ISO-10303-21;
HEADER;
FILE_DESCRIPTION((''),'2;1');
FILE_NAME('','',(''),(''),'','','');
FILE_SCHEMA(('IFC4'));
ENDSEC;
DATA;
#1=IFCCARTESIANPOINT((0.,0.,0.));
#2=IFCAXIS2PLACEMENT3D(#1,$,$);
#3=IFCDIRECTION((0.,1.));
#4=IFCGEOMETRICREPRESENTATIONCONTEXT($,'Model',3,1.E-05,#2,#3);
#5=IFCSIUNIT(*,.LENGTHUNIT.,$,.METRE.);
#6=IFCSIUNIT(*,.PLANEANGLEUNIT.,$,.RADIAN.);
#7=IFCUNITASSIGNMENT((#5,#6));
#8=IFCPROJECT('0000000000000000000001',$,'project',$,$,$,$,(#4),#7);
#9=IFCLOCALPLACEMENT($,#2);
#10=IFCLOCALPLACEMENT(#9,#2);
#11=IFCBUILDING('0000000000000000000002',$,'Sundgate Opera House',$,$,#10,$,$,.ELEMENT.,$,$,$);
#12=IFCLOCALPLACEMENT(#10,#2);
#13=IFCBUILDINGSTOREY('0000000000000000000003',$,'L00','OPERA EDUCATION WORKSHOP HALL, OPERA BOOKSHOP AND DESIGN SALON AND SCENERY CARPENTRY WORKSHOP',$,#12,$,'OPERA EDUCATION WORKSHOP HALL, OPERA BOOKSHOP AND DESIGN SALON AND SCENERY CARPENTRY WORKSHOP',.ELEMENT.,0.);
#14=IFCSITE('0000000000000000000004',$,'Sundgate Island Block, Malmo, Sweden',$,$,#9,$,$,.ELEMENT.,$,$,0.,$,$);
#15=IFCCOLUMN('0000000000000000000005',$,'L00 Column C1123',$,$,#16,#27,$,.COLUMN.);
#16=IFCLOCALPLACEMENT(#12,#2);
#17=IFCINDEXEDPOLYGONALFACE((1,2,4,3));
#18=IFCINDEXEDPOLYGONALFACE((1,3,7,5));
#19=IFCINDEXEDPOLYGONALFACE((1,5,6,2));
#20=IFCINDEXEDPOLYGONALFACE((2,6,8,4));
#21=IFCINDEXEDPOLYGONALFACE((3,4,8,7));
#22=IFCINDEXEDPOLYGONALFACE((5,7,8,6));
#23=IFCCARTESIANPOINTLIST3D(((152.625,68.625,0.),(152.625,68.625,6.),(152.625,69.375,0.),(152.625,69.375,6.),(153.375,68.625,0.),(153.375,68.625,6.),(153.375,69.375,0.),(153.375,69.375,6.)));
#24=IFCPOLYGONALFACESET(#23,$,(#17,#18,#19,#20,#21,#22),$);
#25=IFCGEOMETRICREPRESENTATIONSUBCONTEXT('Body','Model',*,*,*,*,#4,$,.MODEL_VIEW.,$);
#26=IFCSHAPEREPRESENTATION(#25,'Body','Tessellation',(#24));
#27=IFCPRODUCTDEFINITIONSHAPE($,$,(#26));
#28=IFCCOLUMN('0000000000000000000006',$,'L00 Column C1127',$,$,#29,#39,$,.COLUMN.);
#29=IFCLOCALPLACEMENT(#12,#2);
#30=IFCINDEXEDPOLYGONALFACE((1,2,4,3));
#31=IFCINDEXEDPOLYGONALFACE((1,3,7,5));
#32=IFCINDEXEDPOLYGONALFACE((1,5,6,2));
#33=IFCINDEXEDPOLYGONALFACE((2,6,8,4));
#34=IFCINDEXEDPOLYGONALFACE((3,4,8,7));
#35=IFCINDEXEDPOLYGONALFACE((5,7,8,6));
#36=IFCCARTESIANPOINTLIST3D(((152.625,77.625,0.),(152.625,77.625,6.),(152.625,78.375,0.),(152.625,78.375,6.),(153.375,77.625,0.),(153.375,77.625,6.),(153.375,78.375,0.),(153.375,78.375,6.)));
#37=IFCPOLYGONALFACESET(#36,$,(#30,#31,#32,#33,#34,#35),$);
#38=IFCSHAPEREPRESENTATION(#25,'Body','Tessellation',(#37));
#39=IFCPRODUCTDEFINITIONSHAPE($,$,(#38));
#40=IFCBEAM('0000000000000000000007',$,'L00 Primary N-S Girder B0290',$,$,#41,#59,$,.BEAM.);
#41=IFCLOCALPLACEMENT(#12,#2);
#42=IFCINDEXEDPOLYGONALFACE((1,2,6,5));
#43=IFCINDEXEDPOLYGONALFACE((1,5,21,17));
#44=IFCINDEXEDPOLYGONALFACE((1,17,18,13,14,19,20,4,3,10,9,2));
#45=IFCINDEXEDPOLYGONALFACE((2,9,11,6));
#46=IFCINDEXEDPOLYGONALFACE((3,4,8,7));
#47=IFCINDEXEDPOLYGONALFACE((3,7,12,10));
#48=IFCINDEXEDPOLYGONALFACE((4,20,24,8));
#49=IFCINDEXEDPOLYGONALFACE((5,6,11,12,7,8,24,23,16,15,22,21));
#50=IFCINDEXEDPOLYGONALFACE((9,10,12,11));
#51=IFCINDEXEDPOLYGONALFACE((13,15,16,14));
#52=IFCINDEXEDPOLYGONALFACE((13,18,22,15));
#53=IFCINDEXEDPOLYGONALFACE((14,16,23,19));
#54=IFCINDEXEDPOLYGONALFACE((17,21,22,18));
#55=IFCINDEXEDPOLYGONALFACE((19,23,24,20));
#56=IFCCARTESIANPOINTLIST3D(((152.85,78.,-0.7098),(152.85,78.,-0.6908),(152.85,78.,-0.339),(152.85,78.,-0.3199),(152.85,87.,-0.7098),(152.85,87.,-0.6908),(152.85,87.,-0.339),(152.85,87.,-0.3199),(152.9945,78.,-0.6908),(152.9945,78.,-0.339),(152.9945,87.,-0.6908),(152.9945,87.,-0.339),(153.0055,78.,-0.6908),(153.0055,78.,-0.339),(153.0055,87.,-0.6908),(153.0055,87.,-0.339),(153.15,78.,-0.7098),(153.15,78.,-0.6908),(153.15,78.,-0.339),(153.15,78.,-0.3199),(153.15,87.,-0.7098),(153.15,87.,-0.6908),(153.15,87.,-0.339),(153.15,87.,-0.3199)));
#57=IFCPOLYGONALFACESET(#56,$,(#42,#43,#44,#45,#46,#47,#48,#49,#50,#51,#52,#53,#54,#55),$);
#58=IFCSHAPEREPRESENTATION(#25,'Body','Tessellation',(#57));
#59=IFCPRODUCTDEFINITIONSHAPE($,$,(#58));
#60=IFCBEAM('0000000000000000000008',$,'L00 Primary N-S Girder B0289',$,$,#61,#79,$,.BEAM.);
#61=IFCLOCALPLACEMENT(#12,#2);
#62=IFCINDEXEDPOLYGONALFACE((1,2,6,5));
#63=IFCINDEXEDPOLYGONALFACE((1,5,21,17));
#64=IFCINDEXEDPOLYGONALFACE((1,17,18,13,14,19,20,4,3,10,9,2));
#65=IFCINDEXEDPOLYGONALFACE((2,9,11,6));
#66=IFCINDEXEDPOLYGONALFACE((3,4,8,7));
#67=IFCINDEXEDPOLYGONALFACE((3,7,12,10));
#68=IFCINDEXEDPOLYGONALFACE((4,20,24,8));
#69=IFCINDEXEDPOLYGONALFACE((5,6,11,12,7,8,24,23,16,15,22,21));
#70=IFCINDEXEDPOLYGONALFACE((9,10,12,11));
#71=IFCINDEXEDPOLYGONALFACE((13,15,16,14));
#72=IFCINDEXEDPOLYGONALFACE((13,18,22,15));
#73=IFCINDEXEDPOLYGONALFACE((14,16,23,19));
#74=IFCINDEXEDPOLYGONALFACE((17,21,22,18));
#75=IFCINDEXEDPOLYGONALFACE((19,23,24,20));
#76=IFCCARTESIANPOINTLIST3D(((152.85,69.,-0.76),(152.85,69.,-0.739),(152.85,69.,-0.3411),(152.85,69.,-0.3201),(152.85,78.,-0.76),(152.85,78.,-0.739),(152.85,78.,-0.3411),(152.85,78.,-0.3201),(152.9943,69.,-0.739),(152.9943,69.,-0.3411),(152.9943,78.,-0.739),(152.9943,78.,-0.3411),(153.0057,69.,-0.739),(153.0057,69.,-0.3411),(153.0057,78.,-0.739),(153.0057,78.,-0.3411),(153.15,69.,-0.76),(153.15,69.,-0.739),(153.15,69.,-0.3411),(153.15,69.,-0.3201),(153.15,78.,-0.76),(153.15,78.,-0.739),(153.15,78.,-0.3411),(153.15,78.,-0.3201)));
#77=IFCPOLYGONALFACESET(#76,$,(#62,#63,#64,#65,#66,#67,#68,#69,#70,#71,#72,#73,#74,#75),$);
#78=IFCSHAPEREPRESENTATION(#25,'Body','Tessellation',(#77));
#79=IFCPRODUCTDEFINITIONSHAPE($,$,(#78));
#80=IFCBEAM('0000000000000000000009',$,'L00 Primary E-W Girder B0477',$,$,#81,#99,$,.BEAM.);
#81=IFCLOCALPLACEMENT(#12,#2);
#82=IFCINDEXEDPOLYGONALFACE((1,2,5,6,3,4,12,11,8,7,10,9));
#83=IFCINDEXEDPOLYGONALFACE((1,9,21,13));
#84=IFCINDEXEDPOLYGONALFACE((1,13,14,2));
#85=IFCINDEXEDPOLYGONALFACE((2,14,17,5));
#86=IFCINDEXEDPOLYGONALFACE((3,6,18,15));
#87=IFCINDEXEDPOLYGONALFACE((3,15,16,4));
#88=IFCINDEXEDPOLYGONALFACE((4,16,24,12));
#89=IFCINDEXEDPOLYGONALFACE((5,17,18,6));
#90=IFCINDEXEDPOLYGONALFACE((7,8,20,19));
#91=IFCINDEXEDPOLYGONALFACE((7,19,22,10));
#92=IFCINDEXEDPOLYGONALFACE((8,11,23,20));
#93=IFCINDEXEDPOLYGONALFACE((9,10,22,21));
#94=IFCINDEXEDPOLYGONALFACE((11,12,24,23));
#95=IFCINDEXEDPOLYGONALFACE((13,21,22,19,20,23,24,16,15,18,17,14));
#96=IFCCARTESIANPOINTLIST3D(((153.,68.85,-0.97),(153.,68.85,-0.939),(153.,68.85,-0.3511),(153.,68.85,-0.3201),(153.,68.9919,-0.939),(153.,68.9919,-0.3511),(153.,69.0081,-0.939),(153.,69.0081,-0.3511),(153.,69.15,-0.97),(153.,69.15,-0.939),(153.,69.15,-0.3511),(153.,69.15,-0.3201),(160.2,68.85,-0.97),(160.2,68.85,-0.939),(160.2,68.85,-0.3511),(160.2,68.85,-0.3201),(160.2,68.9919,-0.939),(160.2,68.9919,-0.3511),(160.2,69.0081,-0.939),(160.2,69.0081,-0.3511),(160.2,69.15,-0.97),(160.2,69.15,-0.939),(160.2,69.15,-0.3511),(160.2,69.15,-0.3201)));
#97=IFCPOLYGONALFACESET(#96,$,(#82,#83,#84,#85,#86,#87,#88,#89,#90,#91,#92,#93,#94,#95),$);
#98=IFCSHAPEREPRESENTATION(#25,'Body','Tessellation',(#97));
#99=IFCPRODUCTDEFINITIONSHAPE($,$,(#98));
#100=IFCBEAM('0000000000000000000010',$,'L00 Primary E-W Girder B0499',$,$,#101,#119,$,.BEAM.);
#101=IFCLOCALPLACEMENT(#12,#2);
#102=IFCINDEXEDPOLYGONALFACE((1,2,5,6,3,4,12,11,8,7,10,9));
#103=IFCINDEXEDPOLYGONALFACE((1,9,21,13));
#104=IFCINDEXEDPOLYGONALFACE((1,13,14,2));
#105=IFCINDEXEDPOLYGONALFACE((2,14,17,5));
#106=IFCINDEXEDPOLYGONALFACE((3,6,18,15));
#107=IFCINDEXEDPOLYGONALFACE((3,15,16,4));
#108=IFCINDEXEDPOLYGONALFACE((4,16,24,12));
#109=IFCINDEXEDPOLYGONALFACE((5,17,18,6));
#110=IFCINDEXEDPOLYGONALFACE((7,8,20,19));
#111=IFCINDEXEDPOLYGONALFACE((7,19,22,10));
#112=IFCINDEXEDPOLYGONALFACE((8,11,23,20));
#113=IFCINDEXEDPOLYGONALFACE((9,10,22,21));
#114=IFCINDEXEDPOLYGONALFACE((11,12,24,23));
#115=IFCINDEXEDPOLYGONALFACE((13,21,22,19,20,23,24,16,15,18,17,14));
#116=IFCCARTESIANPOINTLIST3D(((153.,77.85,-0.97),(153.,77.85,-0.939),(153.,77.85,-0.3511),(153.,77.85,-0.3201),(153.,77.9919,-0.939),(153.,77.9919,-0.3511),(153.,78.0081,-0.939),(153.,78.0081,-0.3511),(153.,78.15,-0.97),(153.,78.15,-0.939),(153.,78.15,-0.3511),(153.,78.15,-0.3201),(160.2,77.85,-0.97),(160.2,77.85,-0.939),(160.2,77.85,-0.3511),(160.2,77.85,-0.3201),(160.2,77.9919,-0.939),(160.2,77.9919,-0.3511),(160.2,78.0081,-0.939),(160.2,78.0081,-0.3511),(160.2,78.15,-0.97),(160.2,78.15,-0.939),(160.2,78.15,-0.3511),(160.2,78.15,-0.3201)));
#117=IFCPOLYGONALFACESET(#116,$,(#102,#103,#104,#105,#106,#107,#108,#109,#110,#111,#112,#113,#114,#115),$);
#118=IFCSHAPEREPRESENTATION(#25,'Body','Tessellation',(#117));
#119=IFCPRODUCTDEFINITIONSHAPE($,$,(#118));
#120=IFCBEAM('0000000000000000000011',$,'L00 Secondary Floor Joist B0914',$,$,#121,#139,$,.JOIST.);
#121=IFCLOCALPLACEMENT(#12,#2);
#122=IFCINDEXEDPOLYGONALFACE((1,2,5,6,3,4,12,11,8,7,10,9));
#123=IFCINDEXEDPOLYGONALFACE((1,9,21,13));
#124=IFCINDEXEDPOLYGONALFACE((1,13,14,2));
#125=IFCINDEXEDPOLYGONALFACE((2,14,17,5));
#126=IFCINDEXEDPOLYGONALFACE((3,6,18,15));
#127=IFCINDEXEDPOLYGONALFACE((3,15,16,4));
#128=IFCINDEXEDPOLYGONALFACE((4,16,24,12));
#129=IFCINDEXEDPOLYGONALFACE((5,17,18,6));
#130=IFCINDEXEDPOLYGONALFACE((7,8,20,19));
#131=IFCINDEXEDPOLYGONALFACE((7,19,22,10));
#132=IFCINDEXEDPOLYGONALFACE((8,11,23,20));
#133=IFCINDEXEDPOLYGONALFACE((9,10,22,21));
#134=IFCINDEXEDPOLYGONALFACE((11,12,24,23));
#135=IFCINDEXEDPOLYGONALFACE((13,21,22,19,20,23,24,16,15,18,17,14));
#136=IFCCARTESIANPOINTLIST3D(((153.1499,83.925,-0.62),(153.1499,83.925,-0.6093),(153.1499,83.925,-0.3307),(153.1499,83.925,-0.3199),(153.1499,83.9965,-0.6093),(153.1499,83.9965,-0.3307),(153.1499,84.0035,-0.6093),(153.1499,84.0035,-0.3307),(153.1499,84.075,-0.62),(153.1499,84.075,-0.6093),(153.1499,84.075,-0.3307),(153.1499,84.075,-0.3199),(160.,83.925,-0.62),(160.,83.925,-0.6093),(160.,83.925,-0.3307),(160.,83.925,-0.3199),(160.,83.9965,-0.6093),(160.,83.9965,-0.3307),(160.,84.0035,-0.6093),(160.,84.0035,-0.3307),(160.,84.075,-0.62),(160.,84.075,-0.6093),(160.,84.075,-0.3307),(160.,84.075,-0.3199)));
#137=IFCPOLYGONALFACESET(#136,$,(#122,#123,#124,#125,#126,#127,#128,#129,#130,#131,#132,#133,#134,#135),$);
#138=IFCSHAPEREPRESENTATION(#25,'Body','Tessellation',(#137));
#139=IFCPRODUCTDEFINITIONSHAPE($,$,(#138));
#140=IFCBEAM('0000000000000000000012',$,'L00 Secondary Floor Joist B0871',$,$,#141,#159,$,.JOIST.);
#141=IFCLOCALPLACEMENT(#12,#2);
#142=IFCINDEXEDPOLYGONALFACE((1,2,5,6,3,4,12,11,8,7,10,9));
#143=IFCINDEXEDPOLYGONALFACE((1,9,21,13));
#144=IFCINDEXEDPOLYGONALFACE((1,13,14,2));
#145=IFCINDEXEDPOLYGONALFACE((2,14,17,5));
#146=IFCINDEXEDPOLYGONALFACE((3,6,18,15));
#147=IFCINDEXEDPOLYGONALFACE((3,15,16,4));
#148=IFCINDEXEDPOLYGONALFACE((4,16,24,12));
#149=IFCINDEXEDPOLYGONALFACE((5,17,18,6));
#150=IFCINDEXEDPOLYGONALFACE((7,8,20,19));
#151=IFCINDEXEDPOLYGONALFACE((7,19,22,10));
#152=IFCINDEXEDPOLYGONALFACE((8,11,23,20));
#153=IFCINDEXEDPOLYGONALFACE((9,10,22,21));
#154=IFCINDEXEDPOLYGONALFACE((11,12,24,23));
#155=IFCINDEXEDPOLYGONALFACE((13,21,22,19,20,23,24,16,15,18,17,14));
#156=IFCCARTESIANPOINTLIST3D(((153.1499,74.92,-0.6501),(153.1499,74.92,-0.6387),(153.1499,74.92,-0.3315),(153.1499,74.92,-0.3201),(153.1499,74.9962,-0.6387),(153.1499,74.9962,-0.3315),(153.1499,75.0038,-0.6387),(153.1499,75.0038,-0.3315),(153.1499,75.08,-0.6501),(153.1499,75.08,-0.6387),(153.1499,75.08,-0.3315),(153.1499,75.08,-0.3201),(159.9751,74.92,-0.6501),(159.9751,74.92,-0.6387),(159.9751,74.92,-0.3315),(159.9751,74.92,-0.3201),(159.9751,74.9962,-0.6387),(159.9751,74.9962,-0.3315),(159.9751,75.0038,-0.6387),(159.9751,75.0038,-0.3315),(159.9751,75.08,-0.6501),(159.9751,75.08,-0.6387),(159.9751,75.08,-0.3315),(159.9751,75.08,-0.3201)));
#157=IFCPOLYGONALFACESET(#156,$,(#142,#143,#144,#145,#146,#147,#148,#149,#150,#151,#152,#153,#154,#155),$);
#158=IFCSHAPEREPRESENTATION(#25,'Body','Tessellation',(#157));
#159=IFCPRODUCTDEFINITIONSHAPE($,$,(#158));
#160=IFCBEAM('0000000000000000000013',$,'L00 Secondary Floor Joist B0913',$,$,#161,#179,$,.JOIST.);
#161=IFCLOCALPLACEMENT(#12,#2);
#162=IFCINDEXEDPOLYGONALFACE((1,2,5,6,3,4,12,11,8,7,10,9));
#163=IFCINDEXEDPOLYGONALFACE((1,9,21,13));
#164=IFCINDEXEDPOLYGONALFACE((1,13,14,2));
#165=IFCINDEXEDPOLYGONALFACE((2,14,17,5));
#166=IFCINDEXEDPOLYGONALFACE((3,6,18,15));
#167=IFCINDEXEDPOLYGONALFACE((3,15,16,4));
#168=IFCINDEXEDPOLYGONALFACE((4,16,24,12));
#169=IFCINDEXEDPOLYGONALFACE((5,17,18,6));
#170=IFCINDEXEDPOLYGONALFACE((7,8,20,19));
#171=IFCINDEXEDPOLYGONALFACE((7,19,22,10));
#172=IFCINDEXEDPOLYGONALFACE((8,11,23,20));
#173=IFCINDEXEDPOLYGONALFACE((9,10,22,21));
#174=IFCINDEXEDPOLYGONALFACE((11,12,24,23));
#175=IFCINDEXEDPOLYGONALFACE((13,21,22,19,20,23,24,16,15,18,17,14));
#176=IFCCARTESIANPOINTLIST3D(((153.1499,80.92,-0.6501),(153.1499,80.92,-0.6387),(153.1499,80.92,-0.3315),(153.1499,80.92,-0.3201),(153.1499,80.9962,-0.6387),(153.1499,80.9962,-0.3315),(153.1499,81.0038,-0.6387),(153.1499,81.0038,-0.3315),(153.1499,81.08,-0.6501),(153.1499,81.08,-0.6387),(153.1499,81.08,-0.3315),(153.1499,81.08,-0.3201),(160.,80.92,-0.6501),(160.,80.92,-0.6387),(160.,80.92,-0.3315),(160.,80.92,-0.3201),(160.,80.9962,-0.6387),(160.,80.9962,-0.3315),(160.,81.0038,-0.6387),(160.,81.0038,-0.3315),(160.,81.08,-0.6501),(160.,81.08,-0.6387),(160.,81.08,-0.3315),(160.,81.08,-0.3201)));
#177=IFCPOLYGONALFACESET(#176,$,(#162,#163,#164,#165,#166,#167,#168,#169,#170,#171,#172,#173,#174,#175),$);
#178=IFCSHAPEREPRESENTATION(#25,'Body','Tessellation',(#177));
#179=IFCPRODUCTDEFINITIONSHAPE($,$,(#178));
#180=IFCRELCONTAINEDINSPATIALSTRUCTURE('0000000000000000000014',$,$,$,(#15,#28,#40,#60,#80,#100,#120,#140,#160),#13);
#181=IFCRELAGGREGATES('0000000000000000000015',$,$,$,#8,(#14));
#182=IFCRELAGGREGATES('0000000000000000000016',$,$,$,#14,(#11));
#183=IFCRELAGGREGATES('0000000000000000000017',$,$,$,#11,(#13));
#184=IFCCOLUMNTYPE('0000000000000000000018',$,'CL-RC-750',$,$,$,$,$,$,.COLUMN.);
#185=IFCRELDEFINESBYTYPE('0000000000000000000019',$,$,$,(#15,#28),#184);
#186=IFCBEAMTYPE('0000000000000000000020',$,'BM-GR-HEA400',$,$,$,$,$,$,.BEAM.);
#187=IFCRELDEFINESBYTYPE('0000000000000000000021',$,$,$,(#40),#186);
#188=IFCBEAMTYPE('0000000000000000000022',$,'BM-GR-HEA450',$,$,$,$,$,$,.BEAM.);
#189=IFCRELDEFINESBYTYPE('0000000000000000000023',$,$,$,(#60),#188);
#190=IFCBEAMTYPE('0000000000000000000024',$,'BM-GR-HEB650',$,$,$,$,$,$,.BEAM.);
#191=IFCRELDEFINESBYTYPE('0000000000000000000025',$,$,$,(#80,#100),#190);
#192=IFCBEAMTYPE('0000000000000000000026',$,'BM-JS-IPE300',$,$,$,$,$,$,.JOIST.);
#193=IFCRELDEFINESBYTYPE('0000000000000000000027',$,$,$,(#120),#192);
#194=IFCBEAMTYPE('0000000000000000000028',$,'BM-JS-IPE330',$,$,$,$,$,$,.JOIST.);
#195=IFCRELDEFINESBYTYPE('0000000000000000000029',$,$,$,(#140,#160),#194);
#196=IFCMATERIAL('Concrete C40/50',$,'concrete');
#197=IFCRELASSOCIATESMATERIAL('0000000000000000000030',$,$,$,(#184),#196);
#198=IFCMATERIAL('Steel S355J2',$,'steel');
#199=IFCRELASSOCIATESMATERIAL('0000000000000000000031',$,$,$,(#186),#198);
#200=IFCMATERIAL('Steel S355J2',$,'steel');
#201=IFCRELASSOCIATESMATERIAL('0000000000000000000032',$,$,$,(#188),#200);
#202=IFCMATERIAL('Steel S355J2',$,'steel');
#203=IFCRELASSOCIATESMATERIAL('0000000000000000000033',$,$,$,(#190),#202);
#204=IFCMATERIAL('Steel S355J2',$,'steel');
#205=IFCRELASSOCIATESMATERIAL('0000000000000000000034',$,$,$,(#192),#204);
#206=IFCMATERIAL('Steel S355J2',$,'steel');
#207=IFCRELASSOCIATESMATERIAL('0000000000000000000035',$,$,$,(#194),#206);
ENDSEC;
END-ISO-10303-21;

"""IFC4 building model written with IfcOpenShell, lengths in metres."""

from ifc_helpers import new_model, si_unit, direction, frame, origin, origin_2d, place, context, subcontext, project, spatial, rectangle, i_section, extrude, material, material_profile, profile_set, type_object, element, save


model = new_model("IFC4")

# Units and contexts
model_context = context("Model", 3, precision=1e-05, world=origin(), true_north=direction((0.0, 1.0)))
body_context = subcontext(model_context, "Body", "Model", "MODEL_VIEW")
ifc_project = project(units=[si_unit("LENGTHUNIT", "METRE"), si_unit("PLANEANGLEUNIT", "RADIAN")], contexts=[model_context])

# Site, building, storey
site_placement = place(None, origin())
site = spatial("IfcSite", under=ifc_project, at=site_placement, Name="Sundgate Island Block, Malmo, Sweden", CompositionType="ELEMENT", RefElevation=0.0)
building_placement = place(site_placement, origin())
building = spatial("IfcBuilding", under=site, at=building_placement, Name="Sundgate Opera House", CompositionType="ELEMENT")
storey_placement = place(building_placement, origin())
storey = spatial("IfcBuildingStorey", under=building, at=storey_placement, Name="L00", Description="OPERA EDUCATION WORKSHOP HALL, OPERA BOOKSHOP AND DESIGN SALON AND SCENERY CARPENTRY WORKSHOP", LongName="OPERA EDUCATION WORKSHOP HALL, OPERA BOOKSHOP AND DESIGN SALON AND SCENERY CARPENTRY WORKSHOP", CompositionType="ELEMENT", Elevation=0.0)

# Columns
ifc_material_1 = material(Name="Concrete C40/50", Category="concrete")
ifc_material_profile_1 = material_profile(ifc_material_1, rectangle(XDim=0.75, YDim=0.75, at=origin_2d()), Name="RC 750x750")
ifc_profile_set_1 = profile_set([ifc_material_profile_1], Name="Concrete C40/50")
column_type = type_object("IfcColumnType", Name="CL-RC-750", PredefinedType="COLUMN", material=ifc_profile_set_1)
for number, where, z_axis, x_axis, name in (
    (1, (153.0, 69.0, 0.0), (0.0, 0.0, 1.0), (1.0, 0.0, 0.0), "L00 Column C1123"),
    (2, (153.0, 78.0, 0.0), (0.0, 0.0, 1.0), (1.0, 0.0, 0.0), "L00 Column C1127"),
):
    element("IfcColumn", number, at=place(storey_placement, frame(where, z_axis=z_axis, x_axis=x_axis)), inside=storey, type_object=column_type, Name=name, PredefinedType="COLUMN", context=body_context, shape_type="SweptSolid", body=[
        extrude(rectangle(XDim=0.75, YDim=0.75, at=origin_2d()), origin(), (0.0, 0.0, 1.0), 6.0),
    ])

# Beams
ifc_material_2 = material(Name="Steel S355J2", Category="steel")
ifc_material_profile_2 = material_profile(ifc_material_2, i_section(OverallWidth=0.3, OverallDepth=0.3899, WebThickness=0.011, FlangeThickness=0.019, at=origin_2d()), Name="HEA 400")
ifc_profile_set_2 = profile_set([ifc_material_profile_2], Name="Steel S355J2")
beam_type_1 = type_object("IfcBeamType", Name="BM-GR-HEA400", PredefinedType="BEAM", material=ifc_profile_set_2)
beam_1_placement = place(storey_placement, frame((153.0, 78.0, -0.5149), z_axis=(0.0, 1.0, 0.0), x_axis=(-1.0, 0.0, 0.0)))
element("IfcBeam", 3, at=beam_1_placement, inside=storey, type_object=beam_type_1, Name="L00 Primary N-S Girder B0290", PredefinedType="BEAM", context=body_context, shape_type="SweptSolid", body=[
    extrude(i_section(OverallWidth=0.3, OverallDepth=0.3899, WebThickness=0.011, FlangeThickness=0.019, at=origin_2d()), origin(), (0.0, 0.0, 1.0), 9.0),
])
ifc_material_3 = material(Name="Steel S355J2", Category="steel")
ifc_material_profile_3 = material_profile(ifc_material_3, i_section(OverallWidth=0.3, OverallDepth=0.4399, WebThickness=0.0115, FlangeThickness=0.021, at=origin_2d()), Name="HEA 450")
ifc_profile_set_3 = profile_set([ifc_material_profile_3], Name="Steel S355J2")
beam_type_2 = type_object("IfcBeamType", Name="BM-GR-HEA450", PredefinedType="BEAM", material=ifc_profile_set_3)
beam_2_placement = place(storey_placement, frame((153.0, 69.0, -0.54), z_axis=(0.0, 1.0, 0.0), x_axis=(-1.0, 0.0, 0.0)))
element("IfcBeam", 4, at=beam_2_placement, inside=storey, type_object=beam_type_2, Name="L00 Primary N-S Girder B0289", PredefinedType="BEAM", context=body_context, shape_type="SweptSolid", body=[
    extrude(i_section(OverallWidth=0.3, OverallDepth=0.4399, WebThickness=0.0115, FlangeThickness=0.021, at=origin_2d()), origin(), (0.0, 0.0, 1.0), 9.0),
])
ifc_material_4 = material(Name="Steel S355J2", Category="steel")
ifc_material_profile_4 = material_profile(ifc_material_4, i_section(OverallWidth=0.3, OverallDepth=0.6499, WebThickness=0.0161, FlangeThickness=0.031, at=origin_2d()), Name="HEB 650")
ifc_profile_set_4 = profile_set([ifc_material_profile_4], Name="Steel S355J2")
beam_type_3 = type_object("IfcBeamType", Name="BM-GR-HEB650", PredefinedType="BEAM", material=ifc_profile_set_4)
for number, where, z_axis, x_axis, name in (
    (5, (153.0, 69.0, -0.645), (1.0, 0.0, 0.0), (0.0, 1.0, 0.0), "L00 Primary E-W Girder B0477"),
    (6, (153.0, 78.0, -0.645), (1.0, 0.0, 0.0), (0.0, 1.0, 0.0), "L00 Primary E-W Girder B0499"),
):
    element("IfcBeam", number, at=place(storey_placement, frame(where, z_axis=z_axis, x_axis=x_axis)), inside=storey, type_object=beam_type_3, Name=name, PredefinedType="BEAM", context=body_context, shape_type="SweptSolid", body=[
        extrude(i_section(OverallWidth=0.3, OverallDepth=0.6499, WebThickness=0.0161, FlangeThickness=0.031, at=origin_2d()), origin(), (0.0, 0.0, 1.0), 7.2),
    ])
ifc_material_5 = material(Name="Steel S355J2", Category="steel")
ifc_material_profile_5 = material_profile(ifc_material_5, i_section(OverallWidth=0.1499, OverallDepth=0.3, WebThickness=0.0071, FlangeThickness=0.0107, at=origin_2d()), Name="IPE 300")
ifc_profile_set_5 = profile_set([ifc_material_profile_5], Name="Steel S355J2")
beam_type_4 = type_object("IfcBeamType", Name="BM-JS-IPE300", PredefinedType="JOIST", material=ifc_profile_set_5)
beam_3_placement = place(storey_placement, frame((153.1499, 84.0, -0.47), z_axis=(1.0, 0.0, 0.0), x_axis=(0.0, 1.0, 0.0)))
element("IfcBeam", 7, at=beam_3_placement, inside=storey, type_object=beam_type_4, Name="L00 Secondary Floor Joist B0914", PredefinedType="JOIST", context=body_context, shape_type="SweptSolid", body=[
    extrude(i_section(OverallWidth=0.1499, OverallDepth=0.3, WebThickness=0.0071, FlangeThickness=0.0107, at=origin_2d()), origin(), (0.0, 0.0, 1.0), 6.8501),
])
ifc_material_6 = material(Name="Steel S355J2", Category="steel")
ifc_material_profile_6 = material_profile(ifc_material_6, i_section(OverallWidth=0.1599, OverallDepth=0.3301, WebThickness=0.0076, FlangeThickness=0.0115, at=origin_2d()), Name="IPE 330")
ifc_profile_set_6 = profile_set([ifc_material_profile_6], Name="Steel S355J2")
beam_type_5 = type_object("IfcBeamType", Name="BM-JS-IPE330", PredefinedType="JOIST", material=ifc_profile_set_6)
beam_4_placement = place(storey_placement, frame((153.1499, 75.0, -0.4851), z_axis=(1.0, 0.0, 0.0), x_axis=(0.0, 1.0, 0.0)))
element("IfcBeam", 8, at=beam_4_placement, inside=storey, type_object=beam_type_5, Name="L00 Secondary Floor Joist B0871", PredefinedType="JOIST", context=body_context, shape_type="SweptSolid", body=[
    extrude(i_section(OverallWidth=0.1599, OverallDepth=0.3301, WebThickness=0.0076, FlangeThickness=0.0115, at=origin_2d()), origin(), (0.0, 0.0, 1.0), 6.8252),
])
beam_5_placement = place(storey_placement, frame((153.1499, 81.0, -0.4851), z_axis=(1.0, 0.0, 0.0), x_axis=(0.0, 1.0, 0.0)))
element("IfcBeam", 9, at=beam_5_placement, inside=storey, type_object=beam_type_5, Name="L00 Secondary Floor Joist B0913", PredefinedType="JOIST", context=body_context, shape_type="SweptSolid", body=[
    extrude(i_section(OverallWidth=0.1599, OverallDepth=0.3301, WebThickness=0.0076, FlangeThickness=0.0115, at=origin_2d()), origin(), (0.0, 0.0, 1.0), 6.8501),
])

save(model, "model.ifc")
